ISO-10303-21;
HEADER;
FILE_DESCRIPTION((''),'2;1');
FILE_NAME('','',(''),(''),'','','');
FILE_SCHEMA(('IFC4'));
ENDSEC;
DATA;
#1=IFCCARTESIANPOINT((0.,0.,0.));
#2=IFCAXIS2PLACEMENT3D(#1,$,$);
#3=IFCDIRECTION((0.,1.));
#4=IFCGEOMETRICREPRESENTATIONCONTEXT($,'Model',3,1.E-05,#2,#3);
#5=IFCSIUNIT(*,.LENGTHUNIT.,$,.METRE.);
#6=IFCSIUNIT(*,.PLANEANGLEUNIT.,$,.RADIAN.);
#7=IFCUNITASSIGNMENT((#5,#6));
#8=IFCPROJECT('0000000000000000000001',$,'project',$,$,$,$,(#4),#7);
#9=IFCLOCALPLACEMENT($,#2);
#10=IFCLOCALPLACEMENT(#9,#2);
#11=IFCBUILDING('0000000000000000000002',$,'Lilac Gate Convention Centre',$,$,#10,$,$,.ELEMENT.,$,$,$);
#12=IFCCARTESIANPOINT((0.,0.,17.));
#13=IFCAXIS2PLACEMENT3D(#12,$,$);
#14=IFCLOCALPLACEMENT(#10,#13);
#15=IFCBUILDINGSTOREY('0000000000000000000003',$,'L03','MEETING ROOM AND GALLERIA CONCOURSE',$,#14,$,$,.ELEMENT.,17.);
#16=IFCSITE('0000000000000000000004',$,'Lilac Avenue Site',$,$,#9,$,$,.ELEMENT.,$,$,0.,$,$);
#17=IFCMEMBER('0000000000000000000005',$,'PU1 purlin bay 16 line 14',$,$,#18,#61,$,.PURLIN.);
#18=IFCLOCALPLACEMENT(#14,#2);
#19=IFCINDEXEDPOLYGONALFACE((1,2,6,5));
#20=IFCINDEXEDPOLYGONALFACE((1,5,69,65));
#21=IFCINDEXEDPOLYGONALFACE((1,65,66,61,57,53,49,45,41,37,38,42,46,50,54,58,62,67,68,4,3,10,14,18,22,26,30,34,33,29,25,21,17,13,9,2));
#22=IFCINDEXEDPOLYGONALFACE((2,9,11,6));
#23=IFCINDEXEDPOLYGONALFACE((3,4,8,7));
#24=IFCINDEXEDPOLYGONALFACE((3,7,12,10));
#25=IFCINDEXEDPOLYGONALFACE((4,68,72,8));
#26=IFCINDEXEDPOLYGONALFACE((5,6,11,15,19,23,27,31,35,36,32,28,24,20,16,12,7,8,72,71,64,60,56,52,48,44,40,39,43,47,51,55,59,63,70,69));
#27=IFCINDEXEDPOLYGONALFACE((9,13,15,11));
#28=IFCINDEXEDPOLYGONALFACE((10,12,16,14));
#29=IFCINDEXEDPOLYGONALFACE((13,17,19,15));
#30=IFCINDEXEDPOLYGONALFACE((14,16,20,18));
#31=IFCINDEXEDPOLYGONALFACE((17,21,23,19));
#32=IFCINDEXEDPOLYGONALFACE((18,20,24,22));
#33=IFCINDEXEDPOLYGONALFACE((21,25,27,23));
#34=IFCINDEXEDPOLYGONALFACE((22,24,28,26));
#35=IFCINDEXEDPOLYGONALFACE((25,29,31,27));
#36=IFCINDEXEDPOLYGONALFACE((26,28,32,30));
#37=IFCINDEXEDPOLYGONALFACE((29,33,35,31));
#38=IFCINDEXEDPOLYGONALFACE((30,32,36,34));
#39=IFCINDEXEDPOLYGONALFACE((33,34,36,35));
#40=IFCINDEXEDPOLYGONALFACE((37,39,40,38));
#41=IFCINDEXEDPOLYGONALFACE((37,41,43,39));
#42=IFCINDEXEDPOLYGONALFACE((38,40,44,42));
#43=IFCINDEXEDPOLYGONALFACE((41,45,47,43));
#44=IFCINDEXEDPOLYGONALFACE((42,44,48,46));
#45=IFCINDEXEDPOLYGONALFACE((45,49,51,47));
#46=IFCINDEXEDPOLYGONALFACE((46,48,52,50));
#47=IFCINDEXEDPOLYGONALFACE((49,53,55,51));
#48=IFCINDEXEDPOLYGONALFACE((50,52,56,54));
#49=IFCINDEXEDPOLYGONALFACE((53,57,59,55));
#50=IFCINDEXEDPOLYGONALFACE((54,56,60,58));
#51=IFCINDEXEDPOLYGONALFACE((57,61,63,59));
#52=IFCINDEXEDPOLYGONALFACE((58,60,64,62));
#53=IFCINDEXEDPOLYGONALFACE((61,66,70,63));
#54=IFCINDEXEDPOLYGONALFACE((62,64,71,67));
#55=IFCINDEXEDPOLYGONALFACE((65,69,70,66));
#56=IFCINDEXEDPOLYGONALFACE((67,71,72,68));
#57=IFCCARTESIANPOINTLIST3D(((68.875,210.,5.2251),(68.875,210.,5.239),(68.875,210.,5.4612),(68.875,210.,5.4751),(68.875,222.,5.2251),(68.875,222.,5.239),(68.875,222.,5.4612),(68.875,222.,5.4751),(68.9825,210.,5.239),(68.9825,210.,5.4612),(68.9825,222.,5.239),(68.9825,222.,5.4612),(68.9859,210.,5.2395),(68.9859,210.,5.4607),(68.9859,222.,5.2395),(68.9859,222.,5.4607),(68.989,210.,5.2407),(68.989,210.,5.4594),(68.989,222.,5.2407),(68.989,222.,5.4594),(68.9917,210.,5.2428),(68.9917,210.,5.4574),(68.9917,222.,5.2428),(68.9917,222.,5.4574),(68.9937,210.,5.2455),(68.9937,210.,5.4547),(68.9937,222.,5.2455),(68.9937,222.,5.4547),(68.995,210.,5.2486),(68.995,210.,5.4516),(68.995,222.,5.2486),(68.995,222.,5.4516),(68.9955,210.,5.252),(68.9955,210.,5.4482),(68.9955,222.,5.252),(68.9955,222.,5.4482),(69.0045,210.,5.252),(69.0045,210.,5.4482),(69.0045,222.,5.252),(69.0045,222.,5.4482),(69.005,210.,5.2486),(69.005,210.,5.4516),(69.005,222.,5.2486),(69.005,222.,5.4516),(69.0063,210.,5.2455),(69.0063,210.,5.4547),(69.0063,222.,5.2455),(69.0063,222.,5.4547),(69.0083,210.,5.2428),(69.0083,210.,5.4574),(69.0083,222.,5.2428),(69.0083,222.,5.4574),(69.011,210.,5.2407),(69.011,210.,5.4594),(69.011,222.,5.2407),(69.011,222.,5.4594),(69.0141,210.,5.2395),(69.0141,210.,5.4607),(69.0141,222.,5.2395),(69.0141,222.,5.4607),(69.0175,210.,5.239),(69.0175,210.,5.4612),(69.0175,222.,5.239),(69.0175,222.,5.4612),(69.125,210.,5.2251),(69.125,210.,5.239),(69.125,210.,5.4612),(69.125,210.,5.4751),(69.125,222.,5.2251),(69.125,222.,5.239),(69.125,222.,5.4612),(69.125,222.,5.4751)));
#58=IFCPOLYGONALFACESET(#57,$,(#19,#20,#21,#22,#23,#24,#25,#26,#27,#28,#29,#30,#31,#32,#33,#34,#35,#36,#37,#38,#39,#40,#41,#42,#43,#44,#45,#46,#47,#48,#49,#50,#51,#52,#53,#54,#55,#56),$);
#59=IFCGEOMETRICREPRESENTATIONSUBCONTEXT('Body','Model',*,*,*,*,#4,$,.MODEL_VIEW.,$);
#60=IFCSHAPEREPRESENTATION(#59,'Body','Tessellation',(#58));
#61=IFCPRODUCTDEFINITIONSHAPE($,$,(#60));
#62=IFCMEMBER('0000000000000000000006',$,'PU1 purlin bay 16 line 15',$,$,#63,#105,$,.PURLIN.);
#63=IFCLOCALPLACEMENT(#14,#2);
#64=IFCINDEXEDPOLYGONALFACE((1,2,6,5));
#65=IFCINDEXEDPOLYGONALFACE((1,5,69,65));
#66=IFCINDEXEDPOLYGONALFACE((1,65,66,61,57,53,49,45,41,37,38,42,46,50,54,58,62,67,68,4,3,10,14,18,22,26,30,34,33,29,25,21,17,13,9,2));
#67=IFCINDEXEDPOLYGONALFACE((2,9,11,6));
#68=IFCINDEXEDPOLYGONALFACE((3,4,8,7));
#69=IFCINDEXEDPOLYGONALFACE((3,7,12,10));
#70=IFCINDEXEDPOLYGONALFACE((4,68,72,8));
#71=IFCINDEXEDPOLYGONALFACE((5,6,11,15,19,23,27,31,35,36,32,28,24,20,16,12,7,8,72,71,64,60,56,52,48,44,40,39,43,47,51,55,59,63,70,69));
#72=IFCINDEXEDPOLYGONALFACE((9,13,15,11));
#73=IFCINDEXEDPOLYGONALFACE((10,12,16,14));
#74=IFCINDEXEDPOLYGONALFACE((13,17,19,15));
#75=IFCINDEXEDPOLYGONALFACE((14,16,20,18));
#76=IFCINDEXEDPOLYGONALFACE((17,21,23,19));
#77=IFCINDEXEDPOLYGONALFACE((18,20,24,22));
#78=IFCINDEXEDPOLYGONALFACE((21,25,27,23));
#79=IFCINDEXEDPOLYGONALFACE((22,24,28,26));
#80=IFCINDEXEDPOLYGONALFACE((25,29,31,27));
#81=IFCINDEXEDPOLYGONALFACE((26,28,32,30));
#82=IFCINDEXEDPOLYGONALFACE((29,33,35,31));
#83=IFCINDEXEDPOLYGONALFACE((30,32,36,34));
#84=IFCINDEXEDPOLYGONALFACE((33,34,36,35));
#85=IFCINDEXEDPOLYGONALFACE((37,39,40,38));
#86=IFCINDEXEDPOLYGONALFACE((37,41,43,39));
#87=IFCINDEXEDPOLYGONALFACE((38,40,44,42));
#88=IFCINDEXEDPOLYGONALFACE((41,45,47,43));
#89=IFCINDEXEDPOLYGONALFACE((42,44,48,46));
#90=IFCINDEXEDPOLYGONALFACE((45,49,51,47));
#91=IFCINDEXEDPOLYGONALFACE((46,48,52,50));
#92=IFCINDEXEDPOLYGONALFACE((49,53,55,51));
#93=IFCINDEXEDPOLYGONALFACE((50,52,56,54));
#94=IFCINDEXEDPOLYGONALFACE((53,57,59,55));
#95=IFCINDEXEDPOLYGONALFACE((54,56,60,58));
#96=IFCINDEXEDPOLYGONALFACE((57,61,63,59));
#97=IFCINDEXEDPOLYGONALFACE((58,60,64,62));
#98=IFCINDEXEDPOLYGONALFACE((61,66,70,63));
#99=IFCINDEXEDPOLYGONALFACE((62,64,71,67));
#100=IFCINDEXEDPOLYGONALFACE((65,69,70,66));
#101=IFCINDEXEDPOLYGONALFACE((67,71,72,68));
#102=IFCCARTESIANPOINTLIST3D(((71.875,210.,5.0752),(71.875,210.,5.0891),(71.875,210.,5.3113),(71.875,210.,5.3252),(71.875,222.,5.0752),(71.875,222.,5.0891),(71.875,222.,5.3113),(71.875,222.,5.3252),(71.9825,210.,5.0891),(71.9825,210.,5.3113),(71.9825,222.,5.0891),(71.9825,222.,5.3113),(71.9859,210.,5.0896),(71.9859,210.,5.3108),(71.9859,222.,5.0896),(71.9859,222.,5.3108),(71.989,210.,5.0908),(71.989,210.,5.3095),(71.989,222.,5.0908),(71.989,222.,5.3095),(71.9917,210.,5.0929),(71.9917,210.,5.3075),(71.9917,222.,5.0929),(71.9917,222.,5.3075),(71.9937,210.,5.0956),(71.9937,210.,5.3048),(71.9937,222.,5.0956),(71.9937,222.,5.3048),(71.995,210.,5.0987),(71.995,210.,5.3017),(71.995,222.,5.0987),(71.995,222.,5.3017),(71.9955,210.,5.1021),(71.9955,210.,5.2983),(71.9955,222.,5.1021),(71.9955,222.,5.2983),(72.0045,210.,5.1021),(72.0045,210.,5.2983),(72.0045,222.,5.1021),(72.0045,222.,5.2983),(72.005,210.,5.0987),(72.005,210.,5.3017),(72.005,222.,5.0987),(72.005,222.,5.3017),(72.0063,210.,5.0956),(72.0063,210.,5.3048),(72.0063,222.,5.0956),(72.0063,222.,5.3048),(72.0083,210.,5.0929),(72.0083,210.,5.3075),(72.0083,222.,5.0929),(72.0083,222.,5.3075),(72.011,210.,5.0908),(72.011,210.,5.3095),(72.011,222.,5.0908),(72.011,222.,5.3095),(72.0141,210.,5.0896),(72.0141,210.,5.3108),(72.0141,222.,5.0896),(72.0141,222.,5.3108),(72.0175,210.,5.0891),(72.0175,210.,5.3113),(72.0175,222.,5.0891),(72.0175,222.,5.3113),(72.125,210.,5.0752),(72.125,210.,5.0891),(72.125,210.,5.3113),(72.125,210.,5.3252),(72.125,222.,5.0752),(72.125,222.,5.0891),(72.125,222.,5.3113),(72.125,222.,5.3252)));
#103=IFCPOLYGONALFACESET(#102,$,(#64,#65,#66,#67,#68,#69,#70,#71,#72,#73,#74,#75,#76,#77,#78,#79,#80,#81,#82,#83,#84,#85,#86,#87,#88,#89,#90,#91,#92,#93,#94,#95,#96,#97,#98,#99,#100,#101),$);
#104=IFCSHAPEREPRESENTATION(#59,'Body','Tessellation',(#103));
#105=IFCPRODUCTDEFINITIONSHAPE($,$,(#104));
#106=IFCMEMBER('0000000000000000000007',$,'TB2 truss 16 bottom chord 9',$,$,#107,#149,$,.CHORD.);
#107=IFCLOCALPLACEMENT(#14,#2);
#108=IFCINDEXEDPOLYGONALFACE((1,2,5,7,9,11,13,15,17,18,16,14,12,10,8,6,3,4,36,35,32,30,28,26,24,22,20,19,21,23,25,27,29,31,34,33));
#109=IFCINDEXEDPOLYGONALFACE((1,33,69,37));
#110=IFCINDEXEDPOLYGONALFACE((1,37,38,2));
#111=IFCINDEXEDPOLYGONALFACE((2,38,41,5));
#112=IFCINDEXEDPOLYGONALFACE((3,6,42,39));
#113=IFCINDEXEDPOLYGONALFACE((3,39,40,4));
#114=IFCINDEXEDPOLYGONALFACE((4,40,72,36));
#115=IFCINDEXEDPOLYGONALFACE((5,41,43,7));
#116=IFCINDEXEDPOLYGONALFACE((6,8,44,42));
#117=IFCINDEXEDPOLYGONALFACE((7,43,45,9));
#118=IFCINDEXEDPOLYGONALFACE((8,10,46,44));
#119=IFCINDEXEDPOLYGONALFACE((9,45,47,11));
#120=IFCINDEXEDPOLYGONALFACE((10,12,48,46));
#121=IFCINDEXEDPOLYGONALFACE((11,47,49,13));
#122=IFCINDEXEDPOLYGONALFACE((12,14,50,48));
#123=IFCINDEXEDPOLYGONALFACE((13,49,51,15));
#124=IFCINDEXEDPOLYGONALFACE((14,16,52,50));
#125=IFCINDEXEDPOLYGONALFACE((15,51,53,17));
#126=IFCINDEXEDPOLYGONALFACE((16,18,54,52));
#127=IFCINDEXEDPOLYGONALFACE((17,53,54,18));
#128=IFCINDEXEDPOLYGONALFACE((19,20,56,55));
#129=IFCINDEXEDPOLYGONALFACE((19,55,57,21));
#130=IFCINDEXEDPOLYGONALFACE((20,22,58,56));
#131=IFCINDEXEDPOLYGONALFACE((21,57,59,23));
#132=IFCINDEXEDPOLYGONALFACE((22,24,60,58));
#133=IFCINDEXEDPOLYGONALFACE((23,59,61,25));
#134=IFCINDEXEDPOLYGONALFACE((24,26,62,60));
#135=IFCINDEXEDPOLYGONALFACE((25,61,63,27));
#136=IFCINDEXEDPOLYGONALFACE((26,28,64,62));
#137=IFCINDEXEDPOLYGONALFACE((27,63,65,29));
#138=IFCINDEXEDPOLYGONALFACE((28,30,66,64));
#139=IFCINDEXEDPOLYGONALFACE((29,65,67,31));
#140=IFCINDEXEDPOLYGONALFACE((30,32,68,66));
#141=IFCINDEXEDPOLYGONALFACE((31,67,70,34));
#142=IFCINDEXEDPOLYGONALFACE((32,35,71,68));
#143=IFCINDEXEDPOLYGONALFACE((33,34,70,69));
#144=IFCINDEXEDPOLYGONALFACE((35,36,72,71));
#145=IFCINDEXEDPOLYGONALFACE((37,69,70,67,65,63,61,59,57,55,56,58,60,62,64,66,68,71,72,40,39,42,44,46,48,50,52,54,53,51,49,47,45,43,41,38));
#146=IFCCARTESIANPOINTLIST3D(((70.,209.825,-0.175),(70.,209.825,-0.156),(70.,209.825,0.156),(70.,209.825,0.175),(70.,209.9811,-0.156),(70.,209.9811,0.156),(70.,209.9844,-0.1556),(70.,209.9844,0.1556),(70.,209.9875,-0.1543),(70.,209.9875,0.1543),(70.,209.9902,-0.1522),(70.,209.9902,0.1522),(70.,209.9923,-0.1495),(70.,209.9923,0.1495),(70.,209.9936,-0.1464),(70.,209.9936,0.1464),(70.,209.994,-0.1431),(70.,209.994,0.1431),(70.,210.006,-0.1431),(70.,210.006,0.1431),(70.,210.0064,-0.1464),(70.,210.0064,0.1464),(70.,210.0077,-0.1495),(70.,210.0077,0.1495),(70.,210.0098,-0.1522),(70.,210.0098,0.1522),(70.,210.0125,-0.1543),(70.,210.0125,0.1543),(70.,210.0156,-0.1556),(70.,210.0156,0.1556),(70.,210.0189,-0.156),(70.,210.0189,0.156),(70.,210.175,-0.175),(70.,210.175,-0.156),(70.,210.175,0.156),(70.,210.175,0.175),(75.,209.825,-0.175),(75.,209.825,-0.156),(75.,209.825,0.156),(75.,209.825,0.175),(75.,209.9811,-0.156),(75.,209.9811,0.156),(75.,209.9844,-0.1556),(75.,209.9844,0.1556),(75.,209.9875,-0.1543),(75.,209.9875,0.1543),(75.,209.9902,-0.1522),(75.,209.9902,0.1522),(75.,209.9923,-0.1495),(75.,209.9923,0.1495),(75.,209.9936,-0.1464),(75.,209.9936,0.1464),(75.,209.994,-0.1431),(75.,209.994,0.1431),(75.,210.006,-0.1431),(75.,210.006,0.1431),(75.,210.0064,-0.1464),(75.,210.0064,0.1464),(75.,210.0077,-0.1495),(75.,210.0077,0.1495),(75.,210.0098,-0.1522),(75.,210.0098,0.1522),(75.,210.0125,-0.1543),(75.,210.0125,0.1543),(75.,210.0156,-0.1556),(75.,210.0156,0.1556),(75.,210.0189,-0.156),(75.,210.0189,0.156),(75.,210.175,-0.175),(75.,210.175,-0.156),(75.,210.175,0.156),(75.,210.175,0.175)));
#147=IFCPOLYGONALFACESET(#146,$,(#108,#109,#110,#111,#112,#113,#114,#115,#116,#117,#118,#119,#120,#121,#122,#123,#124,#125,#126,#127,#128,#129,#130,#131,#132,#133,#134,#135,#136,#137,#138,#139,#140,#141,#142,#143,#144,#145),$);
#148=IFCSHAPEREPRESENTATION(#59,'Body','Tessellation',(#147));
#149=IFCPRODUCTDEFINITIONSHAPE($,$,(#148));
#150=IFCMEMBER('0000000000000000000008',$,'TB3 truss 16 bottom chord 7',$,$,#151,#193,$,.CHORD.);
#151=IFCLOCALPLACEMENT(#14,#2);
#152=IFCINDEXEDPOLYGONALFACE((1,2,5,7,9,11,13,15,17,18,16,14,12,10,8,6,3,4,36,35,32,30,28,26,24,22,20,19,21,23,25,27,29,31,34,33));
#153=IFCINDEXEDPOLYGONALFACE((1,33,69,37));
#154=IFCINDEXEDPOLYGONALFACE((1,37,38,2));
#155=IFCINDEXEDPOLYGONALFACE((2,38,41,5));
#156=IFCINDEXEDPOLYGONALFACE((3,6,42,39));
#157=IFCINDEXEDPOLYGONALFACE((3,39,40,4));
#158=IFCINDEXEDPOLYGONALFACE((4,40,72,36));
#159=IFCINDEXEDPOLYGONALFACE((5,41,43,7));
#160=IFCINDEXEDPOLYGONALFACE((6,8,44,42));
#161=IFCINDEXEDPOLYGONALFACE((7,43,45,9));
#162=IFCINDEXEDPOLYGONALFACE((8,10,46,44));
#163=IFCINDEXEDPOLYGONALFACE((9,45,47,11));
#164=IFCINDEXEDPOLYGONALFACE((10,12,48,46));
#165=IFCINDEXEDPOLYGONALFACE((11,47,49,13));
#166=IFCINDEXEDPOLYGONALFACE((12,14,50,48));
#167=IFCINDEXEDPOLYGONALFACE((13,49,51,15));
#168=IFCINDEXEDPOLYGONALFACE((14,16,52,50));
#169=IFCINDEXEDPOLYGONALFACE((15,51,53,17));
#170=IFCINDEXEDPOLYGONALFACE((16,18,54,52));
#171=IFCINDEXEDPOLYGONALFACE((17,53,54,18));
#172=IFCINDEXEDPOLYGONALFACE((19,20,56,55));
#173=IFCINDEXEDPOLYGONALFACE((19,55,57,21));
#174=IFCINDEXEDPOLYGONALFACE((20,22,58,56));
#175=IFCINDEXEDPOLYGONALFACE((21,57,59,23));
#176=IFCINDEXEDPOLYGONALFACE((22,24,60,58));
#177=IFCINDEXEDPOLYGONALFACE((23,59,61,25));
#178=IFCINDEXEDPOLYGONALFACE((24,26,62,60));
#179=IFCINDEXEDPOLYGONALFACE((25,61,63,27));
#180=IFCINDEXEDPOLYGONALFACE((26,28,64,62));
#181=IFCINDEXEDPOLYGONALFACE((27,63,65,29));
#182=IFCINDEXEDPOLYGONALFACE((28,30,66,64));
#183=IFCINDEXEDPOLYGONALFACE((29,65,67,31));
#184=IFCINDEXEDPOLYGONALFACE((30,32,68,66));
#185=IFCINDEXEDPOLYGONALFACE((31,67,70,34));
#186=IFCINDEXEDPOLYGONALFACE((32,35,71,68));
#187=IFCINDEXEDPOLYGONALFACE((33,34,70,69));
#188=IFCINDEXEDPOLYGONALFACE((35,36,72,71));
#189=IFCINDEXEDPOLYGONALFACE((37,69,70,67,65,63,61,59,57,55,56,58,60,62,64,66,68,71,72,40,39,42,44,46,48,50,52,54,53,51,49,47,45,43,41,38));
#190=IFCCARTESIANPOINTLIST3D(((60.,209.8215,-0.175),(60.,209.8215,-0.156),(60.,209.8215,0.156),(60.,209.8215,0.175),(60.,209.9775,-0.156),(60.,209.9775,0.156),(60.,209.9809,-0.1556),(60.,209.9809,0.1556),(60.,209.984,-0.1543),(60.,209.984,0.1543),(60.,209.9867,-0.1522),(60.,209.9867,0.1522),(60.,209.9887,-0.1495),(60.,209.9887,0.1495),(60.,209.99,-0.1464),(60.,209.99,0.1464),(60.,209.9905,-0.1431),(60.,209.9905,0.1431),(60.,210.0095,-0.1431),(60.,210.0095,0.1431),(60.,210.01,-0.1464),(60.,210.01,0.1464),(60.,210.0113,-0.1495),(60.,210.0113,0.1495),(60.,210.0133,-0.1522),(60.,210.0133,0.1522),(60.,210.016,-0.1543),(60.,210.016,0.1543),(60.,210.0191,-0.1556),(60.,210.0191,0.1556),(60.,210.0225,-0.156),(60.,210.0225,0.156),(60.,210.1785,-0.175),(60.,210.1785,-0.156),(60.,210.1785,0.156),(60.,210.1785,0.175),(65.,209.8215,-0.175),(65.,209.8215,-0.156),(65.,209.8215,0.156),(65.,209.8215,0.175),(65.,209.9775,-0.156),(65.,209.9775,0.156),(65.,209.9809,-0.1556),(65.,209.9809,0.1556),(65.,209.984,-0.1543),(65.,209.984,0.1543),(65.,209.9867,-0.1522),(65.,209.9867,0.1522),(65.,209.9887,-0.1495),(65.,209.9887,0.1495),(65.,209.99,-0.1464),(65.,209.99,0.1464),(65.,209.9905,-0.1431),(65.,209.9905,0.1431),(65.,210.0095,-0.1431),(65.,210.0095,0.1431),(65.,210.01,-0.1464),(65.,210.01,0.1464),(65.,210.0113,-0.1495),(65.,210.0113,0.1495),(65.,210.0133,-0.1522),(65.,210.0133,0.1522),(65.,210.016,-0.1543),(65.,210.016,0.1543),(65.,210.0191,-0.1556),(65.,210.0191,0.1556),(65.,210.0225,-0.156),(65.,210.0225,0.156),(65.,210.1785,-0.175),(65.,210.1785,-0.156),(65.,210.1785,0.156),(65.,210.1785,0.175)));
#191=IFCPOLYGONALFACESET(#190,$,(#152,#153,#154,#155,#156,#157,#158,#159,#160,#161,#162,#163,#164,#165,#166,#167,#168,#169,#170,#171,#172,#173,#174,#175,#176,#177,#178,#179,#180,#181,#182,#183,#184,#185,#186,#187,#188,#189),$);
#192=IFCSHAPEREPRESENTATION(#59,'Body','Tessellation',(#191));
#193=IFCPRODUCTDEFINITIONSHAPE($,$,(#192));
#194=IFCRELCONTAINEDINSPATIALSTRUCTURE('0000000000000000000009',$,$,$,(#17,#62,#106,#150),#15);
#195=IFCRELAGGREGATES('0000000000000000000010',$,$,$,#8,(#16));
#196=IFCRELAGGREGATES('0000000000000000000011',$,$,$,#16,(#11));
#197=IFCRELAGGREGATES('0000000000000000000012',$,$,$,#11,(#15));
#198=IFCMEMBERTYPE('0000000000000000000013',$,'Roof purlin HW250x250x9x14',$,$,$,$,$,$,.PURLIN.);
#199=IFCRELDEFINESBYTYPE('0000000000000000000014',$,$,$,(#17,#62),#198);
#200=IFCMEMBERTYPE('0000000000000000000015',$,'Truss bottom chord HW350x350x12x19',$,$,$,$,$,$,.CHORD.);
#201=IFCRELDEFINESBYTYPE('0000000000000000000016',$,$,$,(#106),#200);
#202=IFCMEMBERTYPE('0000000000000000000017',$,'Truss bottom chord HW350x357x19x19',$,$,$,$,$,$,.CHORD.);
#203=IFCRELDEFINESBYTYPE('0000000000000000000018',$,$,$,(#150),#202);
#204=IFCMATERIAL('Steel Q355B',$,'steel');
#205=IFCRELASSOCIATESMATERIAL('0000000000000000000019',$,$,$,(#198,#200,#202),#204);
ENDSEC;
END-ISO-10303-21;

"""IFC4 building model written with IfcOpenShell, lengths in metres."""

from ifc_helpers import new_model, si_unit, direction, frame, origin, origin_2d, place, context, subcontext, project, spatial, i_section, extrude, material, material_profile, profile_set, type_object, element, save


model = new_model("IFC4")

# Units and contexts
model_context = context("Model", 3, precision=1e-05, world=origin(), true_north=direction((0.0, 1.0)))
body_context = subcontext(model_context, "Body", "Model", "MODEL_VIEW")
ifc_project = project(units=[si_unit("LENGTHUNIT", "METRE"), si_unit("PLANEANGLEUNIT", "RADIAN")], contexts=[model_context])

# Site, building, storey
site_placement = place(None, origin())
site = spatial("IfcSite", under=ifc_project, at=site_placement, Name="Lilac Avenue Site", CompositionType="ELEMENT", RefElevation=0.0)
building_placement = place(site_placement, origin())
building = spatial("IfcBuilding", under=site, at=building_placement, Name="Lilac Gate Convention Centre", CompositionType="ELEMENT")
storey_placement = place(building_placement, frame((0.0, 0.0, 17.0)))
storey = spatial("IfcBuildingStorey", under=building, at=storey_placement, Name="L03", Description="MEETING ROOM AND GALLERIA CONCOURSE", CompositionType="ELEMENT", Elevation=17.0)

# Members
ifc_material = material(Name="Steel Q355B", Category="steel")
ifc_material_profile_1 = material_profile(ifc_material, i_section(OverallWidth=0.25, OverallDepth=0.25, WebThickness=0.009, FlangeThickness=0.0139, FilletRadius=0.0129, at=origin_2d()), Name="HW250x250x9x14")
ifc_profile_set_1 = profile_set([ifc_material_profile_1], Name="Steel Q355B")
member_type_1 = type_object("IfcMemberType", Name="Roof purlin HW250x250x9x14", PredefinedType="PURLIN", material=ifc_profile_set_1)
for number, where, z_axis, x_axis, name in (
    (1, (69.0, 210.0, 5.3501), (0.0, 1.0, 0.0), (-1.0, 0.0, 0.0), "PU1 purlin bay 16 line 14"),
    (2, (72.0, 210.0, 5.2002), (0.0, 1.0, 0.0), (-1.0, 0.0, 0.0), "PU1 purlin bay 16 line 15"),
):
    element("IfcMember", number, at=place(storey_placement, frame(where, z_axis=z_axis, x_axis=x_axis)), inside=storey, type_object=member_type_1, Name=name, PredefinedType="PURLIN", context=body_context, shape_type="SweptSolid", body=[
        extrude(i_section(OverallWidth=0.25, OverallDepth=0.25, WebThickness=0.009, FlangeThickness=0.0139, FilletRadius=0.0129, at=origin_2d()), origin(), (0.0, 0.0, 1.0), 12.0),
    ])
ifc_material_profile_2 = material_profile(ifc_material, i_section(OverallWidth=0.3501, OverallDepth=0.3501, WebThickness=0.012, FlangeThickness=0.019, FilletRadius=0.0129, at=origin_2d()), Name="HW350x350x12x19")
ifc_profile_set_2 = profile_set([ifc_material_profile_2], Name="Steel Q355B")
member_type_2 = type_object("IfcMemberType", Name="Truss bottom chord HW350x350x12x19", PredefinedType="CHORD", material=ifc_profile_set_2)
member_1_placement = place(storey_placement, frame((70.0, 210.0, 0.0), z_axis=(1.0, 0.0, 0.0), x_axis=(0.0, 1.0, 0.0)))
element("IfcMember", 3, at=member_1_placement, inside=storey, type_object=member_type_2, Name="TB2 truss 16 bottom chord 9", PredefinedType="CHORD", context=body_context, shape_type="SweptSolid", body=[
    extrude(i_section(OverallWidth=0.3501, OverallDepth=0.3501, WebThickness=0.012, FlangeThickness=0.019, FilletRadius=0.0129, at=origin_2d()), origin(), (0.0, 0.0, 1.0), 5.0),
])
ifc_material_profile_3 = material_profile(ifc_material, i_section(OverallWidth=0.3569, OverallDepth=0.3501, WebThickness=0.019, FlangeThickness=0.019, FilletRadius=0.0129, at=origin_2d()), Name="HW350x357x19x19")
ifc_profile_set_3 = profile_set([ifc_material_profile_3], Name="Steel Q355B")
member_type_3 = type_object("IfcMemberType", Name="Truss bottom chord HW350x357x19x19", PredefinedType="CHORD", material=ifc_profile_set_3)
for number, where, z_axis, x_axis, name in (
    (4, (60.0, 210.0, 0.0), (1.0, 0.0, 0.0), (0.0, 1.0, 0.0), "TB3 truss 16 bottom chord 7"),
):
    element("IfcMember", number, at=place(storey_placement, frame(where, z_axis=z_axis, x_axis=x_axis)), inside=storey, type_object=member_type_3, Name=name, PredefinedType="CHORD", context=body_context, shape_type="SweptSolid", body=[
        extrude(i_section(OverallWidth=0.3569, OverallDepth=0.3501, WebThickness=0.019, FlangeThickness=0.019, FilletRadius=0.0129, at=origin_2d()), origin(), (0.0, 0.0, 1.0), 5.0),
    ])

save(model, "model.ifc")
